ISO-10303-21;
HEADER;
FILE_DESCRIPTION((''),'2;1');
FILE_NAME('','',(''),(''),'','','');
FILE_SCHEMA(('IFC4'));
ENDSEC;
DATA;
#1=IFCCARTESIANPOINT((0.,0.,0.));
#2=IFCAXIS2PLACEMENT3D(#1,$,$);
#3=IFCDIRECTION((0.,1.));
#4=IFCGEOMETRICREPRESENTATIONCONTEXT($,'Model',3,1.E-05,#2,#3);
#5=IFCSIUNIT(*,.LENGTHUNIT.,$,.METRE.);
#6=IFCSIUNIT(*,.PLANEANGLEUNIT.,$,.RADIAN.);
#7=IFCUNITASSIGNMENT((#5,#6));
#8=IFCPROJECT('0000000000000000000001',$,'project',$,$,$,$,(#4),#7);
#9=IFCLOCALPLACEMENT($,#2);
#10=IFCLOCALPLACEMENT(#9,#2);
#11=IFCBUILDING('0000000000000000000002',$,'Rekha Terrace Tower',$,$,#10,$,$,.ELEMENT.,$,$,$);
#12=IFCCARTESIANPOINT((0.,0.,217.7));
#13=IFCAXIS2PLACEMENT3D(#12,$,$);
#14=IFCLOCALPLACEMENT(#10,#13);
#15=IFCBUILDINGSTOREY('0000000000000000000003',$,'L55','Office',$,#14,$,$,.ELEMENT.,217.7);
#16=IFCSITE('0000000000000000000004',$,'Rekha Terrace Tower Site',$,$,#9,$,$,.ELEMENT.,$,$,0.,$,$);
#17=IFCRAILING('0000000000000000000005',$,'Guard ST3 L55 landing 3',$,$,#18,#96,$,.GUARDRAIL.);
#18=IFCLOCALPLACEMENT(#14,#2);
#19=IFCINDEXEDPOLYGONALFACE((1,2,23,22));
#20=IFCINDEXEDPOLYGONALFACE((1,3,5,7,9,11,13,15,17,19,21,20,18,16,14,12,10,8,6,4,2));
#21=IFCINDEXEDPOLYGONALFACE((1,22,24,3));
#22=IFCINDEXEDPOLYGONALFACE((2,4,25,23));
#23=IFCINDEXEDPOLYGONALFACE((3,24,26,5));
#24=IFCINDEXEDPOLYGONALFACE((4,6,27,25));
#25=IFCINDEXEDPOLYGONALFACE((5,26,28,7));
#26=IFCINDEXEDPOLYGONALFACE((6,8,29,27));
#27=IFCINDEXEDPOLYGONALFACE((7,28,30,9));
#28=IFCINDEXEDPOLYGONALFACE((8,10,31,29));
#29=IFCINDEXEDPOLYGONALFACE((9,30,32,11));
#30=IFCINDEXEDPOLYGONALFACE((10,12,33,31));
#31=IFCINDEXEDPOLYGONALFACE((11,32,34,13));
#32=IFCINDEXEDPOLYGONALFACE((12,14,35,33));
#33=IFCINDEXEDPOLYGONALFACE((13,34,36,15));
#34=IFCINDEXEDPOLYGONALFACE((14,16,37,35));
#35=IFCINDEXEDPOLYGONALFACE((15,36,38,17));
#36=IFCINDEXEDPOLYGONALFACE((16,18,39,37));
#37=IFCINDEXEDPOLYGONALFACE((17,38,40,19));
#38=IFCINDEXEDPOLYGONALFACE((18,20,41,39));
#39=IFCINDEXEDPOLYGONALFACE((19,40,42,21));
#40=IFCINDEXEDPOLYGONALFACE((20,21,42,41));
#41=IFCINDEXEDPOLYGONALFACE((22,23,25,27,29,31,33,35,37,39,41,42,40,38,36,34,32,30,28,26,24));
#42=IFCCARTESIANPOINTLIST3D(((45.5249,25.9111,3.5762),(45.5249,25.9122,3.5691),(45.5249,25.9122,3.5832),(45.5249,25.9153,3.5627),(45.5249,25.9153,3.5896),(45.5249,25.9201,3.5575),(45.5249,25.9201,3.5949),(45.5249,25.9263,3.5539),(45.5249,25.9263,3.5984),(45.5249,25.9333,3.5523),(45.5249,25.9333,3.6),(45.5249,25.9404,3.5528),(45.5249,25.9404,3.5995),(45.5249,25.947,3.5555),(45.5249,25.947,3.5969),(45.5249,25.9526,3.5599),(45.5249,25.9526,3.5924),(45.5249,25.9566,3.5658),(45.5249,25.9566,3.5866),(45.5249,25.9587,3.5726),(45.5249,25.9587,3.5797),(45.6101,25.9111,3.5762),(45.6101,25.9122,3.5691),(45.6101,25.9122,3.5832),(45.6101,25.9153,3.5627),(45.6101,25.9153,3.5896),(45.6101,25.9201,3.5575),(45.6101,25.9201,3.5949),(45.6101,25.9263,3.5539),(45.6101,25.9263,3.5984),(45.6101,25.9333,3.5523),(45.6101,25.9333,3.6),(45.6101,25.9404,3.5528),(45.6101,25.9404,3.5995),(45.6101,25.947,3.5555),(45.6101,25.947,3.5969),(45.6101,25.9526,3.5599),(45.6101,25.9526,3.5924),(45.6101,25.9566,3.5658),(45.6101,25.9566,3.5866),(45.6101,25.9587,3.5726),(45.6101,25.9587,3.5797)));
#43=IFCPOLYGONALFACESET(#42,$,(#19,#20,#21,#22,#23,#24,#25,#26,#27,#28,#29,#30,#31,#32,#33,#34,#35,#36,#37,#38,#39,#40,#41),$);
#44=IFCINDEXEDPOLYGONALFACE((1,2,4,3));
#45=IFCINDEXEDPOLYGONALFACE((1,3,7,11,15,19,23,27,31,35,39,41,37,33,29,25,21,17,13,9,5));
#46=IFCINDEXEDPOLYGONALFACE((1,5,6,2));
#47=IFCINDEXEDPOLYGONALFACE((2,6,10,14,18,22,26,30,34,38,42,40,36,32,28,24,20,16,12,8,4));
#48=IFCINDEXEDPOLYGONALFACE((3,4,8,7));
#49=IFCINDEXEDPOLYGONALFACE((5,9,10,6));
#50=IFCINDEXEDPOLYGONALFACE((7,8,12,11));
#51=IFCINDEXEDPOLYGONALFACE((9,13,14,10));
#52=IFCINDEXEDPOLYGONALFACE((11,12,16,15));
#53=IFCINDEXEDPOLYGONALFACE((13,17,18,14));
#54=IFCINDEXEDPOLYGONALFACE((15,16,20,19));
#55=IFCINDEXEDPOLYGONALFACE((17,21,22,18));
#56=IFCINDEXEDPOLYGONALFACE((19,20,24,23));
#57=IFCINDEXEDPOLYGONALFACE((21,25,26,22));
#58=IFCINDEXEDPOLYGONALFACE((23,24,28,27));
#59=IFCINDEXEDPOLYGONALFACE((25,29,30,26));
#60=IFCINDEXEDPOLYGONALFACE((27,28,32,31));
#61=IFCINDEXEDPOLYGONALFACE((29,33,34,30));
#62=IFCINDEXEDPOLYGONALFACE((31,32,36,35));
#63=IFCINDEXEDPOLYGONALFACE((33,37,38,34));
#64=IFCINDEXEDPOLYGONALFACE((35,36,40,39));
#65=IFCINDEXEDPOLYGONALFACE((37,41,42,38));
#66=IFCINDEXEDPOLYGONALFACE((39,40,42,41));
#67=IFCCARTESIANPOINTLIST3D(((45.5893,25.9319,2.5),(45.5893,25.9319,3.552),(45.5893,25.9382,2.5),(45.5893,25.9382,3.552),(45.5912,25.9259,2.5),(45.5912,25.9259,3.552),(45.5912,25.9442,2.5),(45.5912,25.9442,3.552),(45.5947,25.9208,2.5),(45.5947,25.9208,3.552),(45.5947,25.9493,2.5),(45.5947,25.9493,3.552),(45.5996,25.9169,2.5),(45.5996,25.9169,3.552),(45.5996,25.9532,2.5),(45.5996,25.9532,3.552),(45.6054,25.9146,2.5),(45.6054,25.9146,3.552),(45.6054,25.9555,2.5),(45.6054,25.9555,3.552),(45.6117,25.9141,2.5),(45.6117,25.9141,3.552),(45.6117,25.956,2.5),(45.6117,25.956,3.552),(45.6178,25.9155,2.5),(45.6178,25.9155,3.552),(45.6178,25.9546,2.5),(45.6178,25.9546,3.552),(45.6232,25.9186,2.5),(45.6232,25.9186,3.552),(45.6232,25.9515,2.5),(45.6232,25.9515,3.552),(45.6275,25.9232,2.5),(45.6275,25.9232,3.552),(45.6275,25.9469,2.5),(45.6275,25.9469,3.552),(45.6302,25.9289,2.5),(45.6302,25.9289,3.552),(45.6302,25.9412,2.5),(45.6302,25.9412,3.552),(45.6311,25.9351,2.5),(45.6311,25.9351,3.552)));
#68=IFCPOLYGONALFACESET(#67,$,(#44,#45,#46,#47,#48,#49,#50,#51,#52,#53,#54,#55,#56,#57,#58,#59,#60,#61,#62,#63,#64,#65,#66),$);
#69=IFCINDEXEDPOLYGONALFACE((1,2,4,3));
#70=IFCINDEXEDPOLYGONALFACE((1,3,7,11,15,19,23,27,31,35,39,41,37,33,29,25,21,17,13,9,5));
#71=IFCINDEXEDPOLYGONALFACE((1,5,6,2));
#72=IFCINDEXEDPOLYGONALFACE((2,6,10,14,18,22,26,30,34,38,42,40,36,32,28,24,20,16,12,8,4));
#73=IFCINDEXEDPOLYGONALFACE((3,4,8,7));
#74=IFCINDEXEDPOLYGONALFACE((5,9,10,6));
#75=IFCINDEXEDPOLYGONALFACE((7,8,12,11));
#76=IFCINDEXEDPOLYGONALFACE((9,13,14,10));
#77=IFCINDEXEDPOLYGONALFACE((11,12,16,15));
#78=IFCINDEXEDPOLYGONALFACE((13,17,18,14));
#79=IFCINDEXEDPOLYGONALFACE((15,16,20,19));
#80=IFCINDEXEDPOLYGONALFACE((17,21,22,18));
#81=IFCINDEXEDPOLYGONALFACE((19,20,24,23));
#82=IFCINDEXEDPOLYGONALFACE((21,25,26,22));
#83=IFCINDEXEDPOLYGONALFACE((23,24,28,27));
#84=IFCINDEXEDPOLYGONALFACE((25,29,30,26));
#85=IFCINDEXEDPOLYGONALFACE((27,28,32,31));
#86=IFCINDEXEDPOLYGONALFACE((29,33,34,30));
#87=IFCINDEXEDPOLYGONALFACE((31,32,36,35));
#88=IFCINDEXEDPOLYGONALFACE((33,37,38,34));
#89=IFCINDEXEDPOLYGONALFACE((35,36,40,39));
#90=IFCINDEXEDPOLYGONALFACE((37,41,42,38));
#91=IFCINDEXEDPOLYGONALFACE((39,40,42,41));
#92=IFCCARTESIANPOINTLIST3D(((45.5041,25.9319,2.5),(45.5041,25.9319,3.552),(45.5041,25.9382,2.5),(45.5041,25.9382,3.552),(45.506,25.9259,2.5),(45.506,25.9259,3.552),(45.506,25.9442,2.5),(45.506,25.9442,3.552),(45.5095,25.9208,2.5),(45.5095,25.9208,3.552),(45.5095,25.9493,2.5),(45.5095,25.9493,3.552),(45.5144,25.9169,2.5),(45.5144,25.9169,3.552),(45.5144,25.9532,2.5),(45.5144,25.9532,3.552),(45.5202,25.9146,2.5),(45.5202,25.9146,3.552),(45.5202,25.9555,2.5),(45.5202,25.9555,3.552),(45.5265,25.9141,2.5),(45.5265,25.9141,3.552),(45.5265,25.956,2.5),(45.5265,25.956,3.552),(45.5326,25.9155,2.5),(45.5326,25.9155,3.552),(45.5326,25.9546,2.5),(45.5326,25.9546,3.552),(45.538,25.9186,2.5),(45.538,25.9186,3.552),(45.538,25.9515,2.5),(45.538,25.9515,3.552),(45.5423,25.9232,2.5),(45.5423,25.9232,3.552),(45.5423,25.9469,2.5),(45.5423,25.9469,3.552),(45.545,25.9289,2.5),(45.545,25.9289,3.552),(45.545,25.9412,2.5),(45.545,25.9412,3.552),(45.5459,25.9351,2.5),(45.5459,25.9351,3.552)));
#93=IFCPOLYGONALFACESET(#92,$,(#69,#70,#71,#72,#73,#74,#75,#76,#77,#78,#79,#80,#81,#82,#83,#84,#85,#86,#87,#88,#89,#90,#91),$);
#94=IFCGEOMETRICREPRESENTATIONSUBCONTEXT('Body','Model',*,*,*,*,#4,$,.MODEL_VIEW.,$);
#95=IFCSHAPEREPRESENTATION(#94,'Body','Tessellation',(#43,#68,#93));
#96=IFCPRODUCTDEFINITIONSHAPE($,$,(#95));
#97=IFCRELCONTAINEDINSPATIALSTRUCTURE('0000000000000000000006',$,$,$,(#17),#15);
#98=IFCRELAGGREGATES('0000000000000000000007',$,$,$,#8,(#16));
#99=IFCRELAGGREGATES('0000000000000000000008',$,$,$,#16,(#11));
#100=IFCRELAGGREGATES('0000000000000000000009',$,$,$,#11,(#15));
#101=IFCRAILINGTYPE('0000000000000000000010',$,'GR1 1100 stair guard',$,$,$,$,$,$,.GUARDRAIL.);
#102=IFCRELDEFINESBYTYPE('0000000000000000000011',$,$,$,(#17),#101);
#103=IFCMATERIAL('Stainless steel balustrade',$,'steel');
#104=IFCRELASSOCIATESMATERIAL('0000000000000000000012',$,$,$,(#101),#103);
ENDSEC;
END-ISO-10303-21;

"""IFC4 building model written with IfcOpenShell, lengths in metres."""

from ifc_helpers import new_model, si_unit, direction, frame, origin, origin_2d, place, context, subcontext, project, spatial, circle, extrude, material, type_object, element, save


model = new_model("IFC4")

# Units and contexts
model_context = context("Model", 3, precision=1e-05, world=origin(), true_north=direction((0.0, 1.0)))
body_context = subcontext(model_context, "Body", "Model", "MODEL_VIEW")
ifc_project = project(units=[si_unit("LENGTHUNIT", "METRE"), si_unit("PLANEANGLEUNIT", "RADIAN")], contexts=[model_context])

# Site, building, storey
site_placement = place(None, origin())
site = spatial("IfcSite", under=ifc_project, at=site_placement, Name="Rekha Terrace Tower Site", CompositionType="ELEMENT", RefElevation=0.0)
building_placement = place(site_placement, origin())
building = spatial("IfcBuilding", under=site, at=building_placement, Name="Rekha Terrace Tower", CompositionType="ELEMENT")
storey_placement = place(building_placement, frame((0.0, 0.0, 217.7)))
storey = spatial("IfcBuildingStorey", under=building, at=storey_placement, Name="L55", Description="Office", CompositionType="ELEMENT", Elevation=217.7)

# Railing
ifc_material_1 = material(Name="Stainless steel balustrade", Category="steel")
railing_type_1 = type_object("IfcRailingType", Name="GR1 1100 stair guard", PredefinedType="GUARDRAIL", material=ifc_material_1)
railing_1_placement = place(storey_placement, frame((45.6101, 25.9351, 2.5)))
element("IfcRailing", 1, at=railing_1_placement, inside=storey, type_object=railing_type_1, Name="Guard ST3 L55 landing 3", PredefinedType="GUARDRAIL", context=body_context, shape_type="SweptSolid", body=[
    extrude(circle(Radius=0.0239, at=origin_2d()), frame((0.0, 0.0, 1.0762), z_axis=(-1.0, 0.0, 0.0), x_axis=(0.0, -1.0, 0.0)), (0.0, 0.0, 1.0), 0.0852),
    extrude(circle(Radius=0.021, at=origin_2d()), origin(), (0.0, 0.0, 1.0), 1.052),
    extrude(circle(Radius=0.021, at=origin_2d()), frame((-0.0852, 0.0, 0.0)), (0.0, 0.0, 1.0), 1.052),
])

save(model, "model.ifc")
